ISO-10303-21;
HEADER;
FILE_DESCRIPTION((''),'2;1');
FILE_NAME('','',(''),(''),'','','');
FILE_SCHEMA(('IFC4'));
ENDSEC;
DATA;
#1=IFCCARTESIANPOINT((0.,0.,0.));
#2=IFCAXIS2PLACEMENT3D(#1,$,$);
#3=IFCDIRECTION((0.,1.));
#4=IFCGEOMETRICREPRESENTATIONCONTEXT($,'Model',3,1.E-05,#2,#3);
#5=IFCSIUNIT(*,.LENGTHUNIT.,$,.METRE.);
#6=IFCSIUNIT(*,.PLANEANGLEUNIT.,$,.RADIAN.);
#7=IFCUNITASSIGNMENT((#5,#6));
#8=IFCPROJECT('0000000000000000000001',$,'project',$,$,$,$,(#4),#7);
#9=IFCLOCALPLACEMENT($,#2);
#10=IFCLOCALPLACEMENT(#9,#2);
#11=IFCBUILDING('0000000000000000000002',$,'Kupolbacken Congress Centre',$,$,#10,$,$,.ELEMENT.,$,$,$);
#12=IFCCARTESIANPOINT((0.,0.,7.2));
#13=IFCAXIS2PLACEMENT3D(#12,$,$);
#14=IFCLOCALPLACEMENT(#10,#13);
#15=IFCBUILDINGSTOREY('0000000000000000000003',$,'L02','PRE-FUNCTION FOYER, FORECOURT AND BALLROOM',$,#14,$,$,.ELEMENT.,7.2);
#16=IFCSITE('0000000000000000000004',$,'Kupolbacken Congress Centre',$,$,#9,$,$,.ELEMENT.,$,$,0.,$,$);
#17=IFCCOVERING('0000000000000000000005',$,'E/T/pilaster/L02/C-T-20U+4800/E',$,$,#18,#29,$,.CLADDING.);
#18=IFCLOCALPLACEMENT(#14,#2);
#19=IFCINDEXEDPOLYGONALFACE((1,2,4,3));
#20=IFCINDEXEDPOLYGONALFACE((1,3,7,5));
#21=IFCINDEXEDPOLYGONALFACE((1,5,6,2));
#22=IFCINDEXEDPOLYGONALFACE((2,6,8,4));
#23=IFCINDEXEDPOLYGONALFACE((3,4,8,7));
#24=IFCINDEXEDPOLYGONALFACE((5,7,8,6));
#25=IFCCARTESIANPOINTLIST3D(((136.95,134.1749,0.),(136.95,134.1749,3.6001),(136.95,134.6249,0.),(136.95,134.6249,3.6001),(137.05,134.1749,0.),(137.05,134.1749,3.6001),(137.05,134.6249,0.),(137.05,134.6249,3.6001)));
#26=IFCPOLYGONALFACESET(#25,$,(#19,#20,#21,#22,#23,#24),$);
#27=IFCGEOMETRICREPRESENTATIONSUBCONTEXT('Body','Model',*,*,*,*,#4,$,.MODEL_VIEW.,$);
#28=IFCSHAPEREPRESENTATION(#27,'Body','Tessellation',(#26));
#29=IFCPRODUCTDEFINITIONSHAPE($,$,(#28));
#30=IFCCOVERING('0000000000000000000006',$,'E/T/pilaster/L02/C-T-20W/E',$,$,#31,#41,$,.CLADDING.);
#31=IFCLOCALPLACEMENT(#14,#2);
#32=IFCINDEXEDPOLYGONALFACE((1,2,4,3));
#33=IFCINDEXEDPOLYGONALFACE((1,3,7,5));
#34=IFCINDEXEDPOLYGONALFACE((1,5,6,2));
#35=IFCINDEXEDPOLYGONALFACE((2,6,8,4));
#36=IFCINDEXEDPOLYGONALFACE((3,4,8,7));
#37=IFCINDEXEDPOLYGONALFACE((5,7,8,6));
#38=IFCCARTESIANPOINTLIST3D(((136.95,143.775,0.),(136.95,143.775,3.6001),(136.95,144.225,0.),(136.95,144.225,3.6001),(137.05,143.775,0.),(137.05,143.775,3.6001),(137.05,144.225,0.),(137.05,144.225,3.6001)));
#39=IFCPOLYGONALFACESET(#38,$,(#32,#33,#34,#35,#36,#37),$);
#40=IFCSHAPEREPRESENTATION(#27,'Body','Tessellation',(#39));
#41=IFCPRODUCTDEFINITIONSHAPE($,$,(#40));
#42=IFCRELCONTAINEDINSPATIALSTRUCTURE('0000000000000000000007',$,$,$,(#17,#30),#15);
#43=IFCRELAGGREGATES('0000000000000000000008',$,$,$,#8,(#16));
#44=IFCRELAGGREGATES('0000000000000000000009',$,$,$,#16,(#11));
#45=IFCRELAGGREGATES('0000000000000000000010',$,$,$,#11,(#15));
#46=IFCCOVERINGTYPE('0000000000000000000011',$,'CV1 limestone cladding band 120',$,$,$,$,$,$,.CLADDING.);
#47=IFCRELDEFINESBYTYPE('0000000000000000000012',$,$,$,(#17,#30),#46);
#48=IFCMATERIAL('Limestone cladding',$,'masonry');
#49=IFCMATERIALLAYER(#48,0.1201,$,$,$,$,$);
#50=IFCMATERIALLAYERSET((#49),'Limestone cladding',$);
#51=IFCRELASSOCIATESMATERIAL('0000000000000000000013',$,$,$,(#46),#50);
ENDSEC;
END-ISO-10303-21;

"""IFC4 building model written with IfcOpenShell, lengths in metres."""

from ifc_helpers import new_model, si_unit, direction, frame, origin, origin_2d, place, context, subcontext, project, spatial, rectangle, extrude, material, layer, layer_set, type_object, element, save


model = new_model("IFC4")

# Units and contexts
model_context = context("Model", 3, precision=1e-05, world=origin(), true_north=direction((0.0, 1.0)))
body_context = subcontext(model_context, "Body", "Model", "MODEL_VIEW")
ifc_project = project(units=[si_unit("LENGTHUNIT", "METRE"), si_unit("PLANEANGLEUNIT", "RADIAN")], contexts=[model_context])

# Site, building, storey
site_placement = place(None, origin())
site = spatial("IfcSite", under=ifc_project, at=site_placement, Name="Kupolbacken Congress Centre", CompositionType="ELEMENT", RefElevation=0.0)
building_placement = place(site_placement, origin())
building = spatial("IfcBuilding", under=site, at=building_placement, Name="Kupolbacken Congress Centre", CompositionType="ELEMENT")
storey_placement = place(building_placement, frame((0.0, 0.0, 7.2)))
storey = spatial("IfcBuildingStorey", under=building, at=storey_placement, Name="L02", Description="PRE-FUNCTION FOYER, FORECOURT AND BALLROOM", CompositionType="ELEMENT", Elevation=7.2)

# Coverings
ifc_material_1 = material(Name="Limestone cladding", Category="masonry")
ifc_layer_1 = layer(ifc_material_1, 0.1201)
ifc_layer_set_1 = layer_set([ifc_layer_1], Name="Limestone cladding")
covering_type = type_object("IfcCoveringType", Name="CV1 limestone cladding band 120", PredefinedType="CLADDING", material=ifc_layer_set_1)
for number, where, z_axis, x_axis, name in (
    (1, (137.0, 134.3999, 0.0), (0.0, 0.0, 1.0), (1.0, 0.0, 0.0), "E/T/pilaster/L02/C-T-20U+4800/E"),
    (2, (137.0, 144.0, 0.0), (0.0, 0.0, 1.0), (1.0, 0.0, 0.0), "E/T/pilaster/L02/C-T-20W/E"),
):
    element("IfcCovering", number, at=place(storey_placement, frame(where, z_axis=z_axis, x_axis=x_axis)), inside=storey, type_object=covering_type, Name=name, PredefinedType="CLADDING", context=body_context, shape_type="SweptSolid", body=[
        extrude(rectangle(XDim=0.1001, YDim=0.45, at=origin_2d()), origin(), (0.0, 0.0, 1.0), 3.6001),
    ])

save(model, "model.ifc")
